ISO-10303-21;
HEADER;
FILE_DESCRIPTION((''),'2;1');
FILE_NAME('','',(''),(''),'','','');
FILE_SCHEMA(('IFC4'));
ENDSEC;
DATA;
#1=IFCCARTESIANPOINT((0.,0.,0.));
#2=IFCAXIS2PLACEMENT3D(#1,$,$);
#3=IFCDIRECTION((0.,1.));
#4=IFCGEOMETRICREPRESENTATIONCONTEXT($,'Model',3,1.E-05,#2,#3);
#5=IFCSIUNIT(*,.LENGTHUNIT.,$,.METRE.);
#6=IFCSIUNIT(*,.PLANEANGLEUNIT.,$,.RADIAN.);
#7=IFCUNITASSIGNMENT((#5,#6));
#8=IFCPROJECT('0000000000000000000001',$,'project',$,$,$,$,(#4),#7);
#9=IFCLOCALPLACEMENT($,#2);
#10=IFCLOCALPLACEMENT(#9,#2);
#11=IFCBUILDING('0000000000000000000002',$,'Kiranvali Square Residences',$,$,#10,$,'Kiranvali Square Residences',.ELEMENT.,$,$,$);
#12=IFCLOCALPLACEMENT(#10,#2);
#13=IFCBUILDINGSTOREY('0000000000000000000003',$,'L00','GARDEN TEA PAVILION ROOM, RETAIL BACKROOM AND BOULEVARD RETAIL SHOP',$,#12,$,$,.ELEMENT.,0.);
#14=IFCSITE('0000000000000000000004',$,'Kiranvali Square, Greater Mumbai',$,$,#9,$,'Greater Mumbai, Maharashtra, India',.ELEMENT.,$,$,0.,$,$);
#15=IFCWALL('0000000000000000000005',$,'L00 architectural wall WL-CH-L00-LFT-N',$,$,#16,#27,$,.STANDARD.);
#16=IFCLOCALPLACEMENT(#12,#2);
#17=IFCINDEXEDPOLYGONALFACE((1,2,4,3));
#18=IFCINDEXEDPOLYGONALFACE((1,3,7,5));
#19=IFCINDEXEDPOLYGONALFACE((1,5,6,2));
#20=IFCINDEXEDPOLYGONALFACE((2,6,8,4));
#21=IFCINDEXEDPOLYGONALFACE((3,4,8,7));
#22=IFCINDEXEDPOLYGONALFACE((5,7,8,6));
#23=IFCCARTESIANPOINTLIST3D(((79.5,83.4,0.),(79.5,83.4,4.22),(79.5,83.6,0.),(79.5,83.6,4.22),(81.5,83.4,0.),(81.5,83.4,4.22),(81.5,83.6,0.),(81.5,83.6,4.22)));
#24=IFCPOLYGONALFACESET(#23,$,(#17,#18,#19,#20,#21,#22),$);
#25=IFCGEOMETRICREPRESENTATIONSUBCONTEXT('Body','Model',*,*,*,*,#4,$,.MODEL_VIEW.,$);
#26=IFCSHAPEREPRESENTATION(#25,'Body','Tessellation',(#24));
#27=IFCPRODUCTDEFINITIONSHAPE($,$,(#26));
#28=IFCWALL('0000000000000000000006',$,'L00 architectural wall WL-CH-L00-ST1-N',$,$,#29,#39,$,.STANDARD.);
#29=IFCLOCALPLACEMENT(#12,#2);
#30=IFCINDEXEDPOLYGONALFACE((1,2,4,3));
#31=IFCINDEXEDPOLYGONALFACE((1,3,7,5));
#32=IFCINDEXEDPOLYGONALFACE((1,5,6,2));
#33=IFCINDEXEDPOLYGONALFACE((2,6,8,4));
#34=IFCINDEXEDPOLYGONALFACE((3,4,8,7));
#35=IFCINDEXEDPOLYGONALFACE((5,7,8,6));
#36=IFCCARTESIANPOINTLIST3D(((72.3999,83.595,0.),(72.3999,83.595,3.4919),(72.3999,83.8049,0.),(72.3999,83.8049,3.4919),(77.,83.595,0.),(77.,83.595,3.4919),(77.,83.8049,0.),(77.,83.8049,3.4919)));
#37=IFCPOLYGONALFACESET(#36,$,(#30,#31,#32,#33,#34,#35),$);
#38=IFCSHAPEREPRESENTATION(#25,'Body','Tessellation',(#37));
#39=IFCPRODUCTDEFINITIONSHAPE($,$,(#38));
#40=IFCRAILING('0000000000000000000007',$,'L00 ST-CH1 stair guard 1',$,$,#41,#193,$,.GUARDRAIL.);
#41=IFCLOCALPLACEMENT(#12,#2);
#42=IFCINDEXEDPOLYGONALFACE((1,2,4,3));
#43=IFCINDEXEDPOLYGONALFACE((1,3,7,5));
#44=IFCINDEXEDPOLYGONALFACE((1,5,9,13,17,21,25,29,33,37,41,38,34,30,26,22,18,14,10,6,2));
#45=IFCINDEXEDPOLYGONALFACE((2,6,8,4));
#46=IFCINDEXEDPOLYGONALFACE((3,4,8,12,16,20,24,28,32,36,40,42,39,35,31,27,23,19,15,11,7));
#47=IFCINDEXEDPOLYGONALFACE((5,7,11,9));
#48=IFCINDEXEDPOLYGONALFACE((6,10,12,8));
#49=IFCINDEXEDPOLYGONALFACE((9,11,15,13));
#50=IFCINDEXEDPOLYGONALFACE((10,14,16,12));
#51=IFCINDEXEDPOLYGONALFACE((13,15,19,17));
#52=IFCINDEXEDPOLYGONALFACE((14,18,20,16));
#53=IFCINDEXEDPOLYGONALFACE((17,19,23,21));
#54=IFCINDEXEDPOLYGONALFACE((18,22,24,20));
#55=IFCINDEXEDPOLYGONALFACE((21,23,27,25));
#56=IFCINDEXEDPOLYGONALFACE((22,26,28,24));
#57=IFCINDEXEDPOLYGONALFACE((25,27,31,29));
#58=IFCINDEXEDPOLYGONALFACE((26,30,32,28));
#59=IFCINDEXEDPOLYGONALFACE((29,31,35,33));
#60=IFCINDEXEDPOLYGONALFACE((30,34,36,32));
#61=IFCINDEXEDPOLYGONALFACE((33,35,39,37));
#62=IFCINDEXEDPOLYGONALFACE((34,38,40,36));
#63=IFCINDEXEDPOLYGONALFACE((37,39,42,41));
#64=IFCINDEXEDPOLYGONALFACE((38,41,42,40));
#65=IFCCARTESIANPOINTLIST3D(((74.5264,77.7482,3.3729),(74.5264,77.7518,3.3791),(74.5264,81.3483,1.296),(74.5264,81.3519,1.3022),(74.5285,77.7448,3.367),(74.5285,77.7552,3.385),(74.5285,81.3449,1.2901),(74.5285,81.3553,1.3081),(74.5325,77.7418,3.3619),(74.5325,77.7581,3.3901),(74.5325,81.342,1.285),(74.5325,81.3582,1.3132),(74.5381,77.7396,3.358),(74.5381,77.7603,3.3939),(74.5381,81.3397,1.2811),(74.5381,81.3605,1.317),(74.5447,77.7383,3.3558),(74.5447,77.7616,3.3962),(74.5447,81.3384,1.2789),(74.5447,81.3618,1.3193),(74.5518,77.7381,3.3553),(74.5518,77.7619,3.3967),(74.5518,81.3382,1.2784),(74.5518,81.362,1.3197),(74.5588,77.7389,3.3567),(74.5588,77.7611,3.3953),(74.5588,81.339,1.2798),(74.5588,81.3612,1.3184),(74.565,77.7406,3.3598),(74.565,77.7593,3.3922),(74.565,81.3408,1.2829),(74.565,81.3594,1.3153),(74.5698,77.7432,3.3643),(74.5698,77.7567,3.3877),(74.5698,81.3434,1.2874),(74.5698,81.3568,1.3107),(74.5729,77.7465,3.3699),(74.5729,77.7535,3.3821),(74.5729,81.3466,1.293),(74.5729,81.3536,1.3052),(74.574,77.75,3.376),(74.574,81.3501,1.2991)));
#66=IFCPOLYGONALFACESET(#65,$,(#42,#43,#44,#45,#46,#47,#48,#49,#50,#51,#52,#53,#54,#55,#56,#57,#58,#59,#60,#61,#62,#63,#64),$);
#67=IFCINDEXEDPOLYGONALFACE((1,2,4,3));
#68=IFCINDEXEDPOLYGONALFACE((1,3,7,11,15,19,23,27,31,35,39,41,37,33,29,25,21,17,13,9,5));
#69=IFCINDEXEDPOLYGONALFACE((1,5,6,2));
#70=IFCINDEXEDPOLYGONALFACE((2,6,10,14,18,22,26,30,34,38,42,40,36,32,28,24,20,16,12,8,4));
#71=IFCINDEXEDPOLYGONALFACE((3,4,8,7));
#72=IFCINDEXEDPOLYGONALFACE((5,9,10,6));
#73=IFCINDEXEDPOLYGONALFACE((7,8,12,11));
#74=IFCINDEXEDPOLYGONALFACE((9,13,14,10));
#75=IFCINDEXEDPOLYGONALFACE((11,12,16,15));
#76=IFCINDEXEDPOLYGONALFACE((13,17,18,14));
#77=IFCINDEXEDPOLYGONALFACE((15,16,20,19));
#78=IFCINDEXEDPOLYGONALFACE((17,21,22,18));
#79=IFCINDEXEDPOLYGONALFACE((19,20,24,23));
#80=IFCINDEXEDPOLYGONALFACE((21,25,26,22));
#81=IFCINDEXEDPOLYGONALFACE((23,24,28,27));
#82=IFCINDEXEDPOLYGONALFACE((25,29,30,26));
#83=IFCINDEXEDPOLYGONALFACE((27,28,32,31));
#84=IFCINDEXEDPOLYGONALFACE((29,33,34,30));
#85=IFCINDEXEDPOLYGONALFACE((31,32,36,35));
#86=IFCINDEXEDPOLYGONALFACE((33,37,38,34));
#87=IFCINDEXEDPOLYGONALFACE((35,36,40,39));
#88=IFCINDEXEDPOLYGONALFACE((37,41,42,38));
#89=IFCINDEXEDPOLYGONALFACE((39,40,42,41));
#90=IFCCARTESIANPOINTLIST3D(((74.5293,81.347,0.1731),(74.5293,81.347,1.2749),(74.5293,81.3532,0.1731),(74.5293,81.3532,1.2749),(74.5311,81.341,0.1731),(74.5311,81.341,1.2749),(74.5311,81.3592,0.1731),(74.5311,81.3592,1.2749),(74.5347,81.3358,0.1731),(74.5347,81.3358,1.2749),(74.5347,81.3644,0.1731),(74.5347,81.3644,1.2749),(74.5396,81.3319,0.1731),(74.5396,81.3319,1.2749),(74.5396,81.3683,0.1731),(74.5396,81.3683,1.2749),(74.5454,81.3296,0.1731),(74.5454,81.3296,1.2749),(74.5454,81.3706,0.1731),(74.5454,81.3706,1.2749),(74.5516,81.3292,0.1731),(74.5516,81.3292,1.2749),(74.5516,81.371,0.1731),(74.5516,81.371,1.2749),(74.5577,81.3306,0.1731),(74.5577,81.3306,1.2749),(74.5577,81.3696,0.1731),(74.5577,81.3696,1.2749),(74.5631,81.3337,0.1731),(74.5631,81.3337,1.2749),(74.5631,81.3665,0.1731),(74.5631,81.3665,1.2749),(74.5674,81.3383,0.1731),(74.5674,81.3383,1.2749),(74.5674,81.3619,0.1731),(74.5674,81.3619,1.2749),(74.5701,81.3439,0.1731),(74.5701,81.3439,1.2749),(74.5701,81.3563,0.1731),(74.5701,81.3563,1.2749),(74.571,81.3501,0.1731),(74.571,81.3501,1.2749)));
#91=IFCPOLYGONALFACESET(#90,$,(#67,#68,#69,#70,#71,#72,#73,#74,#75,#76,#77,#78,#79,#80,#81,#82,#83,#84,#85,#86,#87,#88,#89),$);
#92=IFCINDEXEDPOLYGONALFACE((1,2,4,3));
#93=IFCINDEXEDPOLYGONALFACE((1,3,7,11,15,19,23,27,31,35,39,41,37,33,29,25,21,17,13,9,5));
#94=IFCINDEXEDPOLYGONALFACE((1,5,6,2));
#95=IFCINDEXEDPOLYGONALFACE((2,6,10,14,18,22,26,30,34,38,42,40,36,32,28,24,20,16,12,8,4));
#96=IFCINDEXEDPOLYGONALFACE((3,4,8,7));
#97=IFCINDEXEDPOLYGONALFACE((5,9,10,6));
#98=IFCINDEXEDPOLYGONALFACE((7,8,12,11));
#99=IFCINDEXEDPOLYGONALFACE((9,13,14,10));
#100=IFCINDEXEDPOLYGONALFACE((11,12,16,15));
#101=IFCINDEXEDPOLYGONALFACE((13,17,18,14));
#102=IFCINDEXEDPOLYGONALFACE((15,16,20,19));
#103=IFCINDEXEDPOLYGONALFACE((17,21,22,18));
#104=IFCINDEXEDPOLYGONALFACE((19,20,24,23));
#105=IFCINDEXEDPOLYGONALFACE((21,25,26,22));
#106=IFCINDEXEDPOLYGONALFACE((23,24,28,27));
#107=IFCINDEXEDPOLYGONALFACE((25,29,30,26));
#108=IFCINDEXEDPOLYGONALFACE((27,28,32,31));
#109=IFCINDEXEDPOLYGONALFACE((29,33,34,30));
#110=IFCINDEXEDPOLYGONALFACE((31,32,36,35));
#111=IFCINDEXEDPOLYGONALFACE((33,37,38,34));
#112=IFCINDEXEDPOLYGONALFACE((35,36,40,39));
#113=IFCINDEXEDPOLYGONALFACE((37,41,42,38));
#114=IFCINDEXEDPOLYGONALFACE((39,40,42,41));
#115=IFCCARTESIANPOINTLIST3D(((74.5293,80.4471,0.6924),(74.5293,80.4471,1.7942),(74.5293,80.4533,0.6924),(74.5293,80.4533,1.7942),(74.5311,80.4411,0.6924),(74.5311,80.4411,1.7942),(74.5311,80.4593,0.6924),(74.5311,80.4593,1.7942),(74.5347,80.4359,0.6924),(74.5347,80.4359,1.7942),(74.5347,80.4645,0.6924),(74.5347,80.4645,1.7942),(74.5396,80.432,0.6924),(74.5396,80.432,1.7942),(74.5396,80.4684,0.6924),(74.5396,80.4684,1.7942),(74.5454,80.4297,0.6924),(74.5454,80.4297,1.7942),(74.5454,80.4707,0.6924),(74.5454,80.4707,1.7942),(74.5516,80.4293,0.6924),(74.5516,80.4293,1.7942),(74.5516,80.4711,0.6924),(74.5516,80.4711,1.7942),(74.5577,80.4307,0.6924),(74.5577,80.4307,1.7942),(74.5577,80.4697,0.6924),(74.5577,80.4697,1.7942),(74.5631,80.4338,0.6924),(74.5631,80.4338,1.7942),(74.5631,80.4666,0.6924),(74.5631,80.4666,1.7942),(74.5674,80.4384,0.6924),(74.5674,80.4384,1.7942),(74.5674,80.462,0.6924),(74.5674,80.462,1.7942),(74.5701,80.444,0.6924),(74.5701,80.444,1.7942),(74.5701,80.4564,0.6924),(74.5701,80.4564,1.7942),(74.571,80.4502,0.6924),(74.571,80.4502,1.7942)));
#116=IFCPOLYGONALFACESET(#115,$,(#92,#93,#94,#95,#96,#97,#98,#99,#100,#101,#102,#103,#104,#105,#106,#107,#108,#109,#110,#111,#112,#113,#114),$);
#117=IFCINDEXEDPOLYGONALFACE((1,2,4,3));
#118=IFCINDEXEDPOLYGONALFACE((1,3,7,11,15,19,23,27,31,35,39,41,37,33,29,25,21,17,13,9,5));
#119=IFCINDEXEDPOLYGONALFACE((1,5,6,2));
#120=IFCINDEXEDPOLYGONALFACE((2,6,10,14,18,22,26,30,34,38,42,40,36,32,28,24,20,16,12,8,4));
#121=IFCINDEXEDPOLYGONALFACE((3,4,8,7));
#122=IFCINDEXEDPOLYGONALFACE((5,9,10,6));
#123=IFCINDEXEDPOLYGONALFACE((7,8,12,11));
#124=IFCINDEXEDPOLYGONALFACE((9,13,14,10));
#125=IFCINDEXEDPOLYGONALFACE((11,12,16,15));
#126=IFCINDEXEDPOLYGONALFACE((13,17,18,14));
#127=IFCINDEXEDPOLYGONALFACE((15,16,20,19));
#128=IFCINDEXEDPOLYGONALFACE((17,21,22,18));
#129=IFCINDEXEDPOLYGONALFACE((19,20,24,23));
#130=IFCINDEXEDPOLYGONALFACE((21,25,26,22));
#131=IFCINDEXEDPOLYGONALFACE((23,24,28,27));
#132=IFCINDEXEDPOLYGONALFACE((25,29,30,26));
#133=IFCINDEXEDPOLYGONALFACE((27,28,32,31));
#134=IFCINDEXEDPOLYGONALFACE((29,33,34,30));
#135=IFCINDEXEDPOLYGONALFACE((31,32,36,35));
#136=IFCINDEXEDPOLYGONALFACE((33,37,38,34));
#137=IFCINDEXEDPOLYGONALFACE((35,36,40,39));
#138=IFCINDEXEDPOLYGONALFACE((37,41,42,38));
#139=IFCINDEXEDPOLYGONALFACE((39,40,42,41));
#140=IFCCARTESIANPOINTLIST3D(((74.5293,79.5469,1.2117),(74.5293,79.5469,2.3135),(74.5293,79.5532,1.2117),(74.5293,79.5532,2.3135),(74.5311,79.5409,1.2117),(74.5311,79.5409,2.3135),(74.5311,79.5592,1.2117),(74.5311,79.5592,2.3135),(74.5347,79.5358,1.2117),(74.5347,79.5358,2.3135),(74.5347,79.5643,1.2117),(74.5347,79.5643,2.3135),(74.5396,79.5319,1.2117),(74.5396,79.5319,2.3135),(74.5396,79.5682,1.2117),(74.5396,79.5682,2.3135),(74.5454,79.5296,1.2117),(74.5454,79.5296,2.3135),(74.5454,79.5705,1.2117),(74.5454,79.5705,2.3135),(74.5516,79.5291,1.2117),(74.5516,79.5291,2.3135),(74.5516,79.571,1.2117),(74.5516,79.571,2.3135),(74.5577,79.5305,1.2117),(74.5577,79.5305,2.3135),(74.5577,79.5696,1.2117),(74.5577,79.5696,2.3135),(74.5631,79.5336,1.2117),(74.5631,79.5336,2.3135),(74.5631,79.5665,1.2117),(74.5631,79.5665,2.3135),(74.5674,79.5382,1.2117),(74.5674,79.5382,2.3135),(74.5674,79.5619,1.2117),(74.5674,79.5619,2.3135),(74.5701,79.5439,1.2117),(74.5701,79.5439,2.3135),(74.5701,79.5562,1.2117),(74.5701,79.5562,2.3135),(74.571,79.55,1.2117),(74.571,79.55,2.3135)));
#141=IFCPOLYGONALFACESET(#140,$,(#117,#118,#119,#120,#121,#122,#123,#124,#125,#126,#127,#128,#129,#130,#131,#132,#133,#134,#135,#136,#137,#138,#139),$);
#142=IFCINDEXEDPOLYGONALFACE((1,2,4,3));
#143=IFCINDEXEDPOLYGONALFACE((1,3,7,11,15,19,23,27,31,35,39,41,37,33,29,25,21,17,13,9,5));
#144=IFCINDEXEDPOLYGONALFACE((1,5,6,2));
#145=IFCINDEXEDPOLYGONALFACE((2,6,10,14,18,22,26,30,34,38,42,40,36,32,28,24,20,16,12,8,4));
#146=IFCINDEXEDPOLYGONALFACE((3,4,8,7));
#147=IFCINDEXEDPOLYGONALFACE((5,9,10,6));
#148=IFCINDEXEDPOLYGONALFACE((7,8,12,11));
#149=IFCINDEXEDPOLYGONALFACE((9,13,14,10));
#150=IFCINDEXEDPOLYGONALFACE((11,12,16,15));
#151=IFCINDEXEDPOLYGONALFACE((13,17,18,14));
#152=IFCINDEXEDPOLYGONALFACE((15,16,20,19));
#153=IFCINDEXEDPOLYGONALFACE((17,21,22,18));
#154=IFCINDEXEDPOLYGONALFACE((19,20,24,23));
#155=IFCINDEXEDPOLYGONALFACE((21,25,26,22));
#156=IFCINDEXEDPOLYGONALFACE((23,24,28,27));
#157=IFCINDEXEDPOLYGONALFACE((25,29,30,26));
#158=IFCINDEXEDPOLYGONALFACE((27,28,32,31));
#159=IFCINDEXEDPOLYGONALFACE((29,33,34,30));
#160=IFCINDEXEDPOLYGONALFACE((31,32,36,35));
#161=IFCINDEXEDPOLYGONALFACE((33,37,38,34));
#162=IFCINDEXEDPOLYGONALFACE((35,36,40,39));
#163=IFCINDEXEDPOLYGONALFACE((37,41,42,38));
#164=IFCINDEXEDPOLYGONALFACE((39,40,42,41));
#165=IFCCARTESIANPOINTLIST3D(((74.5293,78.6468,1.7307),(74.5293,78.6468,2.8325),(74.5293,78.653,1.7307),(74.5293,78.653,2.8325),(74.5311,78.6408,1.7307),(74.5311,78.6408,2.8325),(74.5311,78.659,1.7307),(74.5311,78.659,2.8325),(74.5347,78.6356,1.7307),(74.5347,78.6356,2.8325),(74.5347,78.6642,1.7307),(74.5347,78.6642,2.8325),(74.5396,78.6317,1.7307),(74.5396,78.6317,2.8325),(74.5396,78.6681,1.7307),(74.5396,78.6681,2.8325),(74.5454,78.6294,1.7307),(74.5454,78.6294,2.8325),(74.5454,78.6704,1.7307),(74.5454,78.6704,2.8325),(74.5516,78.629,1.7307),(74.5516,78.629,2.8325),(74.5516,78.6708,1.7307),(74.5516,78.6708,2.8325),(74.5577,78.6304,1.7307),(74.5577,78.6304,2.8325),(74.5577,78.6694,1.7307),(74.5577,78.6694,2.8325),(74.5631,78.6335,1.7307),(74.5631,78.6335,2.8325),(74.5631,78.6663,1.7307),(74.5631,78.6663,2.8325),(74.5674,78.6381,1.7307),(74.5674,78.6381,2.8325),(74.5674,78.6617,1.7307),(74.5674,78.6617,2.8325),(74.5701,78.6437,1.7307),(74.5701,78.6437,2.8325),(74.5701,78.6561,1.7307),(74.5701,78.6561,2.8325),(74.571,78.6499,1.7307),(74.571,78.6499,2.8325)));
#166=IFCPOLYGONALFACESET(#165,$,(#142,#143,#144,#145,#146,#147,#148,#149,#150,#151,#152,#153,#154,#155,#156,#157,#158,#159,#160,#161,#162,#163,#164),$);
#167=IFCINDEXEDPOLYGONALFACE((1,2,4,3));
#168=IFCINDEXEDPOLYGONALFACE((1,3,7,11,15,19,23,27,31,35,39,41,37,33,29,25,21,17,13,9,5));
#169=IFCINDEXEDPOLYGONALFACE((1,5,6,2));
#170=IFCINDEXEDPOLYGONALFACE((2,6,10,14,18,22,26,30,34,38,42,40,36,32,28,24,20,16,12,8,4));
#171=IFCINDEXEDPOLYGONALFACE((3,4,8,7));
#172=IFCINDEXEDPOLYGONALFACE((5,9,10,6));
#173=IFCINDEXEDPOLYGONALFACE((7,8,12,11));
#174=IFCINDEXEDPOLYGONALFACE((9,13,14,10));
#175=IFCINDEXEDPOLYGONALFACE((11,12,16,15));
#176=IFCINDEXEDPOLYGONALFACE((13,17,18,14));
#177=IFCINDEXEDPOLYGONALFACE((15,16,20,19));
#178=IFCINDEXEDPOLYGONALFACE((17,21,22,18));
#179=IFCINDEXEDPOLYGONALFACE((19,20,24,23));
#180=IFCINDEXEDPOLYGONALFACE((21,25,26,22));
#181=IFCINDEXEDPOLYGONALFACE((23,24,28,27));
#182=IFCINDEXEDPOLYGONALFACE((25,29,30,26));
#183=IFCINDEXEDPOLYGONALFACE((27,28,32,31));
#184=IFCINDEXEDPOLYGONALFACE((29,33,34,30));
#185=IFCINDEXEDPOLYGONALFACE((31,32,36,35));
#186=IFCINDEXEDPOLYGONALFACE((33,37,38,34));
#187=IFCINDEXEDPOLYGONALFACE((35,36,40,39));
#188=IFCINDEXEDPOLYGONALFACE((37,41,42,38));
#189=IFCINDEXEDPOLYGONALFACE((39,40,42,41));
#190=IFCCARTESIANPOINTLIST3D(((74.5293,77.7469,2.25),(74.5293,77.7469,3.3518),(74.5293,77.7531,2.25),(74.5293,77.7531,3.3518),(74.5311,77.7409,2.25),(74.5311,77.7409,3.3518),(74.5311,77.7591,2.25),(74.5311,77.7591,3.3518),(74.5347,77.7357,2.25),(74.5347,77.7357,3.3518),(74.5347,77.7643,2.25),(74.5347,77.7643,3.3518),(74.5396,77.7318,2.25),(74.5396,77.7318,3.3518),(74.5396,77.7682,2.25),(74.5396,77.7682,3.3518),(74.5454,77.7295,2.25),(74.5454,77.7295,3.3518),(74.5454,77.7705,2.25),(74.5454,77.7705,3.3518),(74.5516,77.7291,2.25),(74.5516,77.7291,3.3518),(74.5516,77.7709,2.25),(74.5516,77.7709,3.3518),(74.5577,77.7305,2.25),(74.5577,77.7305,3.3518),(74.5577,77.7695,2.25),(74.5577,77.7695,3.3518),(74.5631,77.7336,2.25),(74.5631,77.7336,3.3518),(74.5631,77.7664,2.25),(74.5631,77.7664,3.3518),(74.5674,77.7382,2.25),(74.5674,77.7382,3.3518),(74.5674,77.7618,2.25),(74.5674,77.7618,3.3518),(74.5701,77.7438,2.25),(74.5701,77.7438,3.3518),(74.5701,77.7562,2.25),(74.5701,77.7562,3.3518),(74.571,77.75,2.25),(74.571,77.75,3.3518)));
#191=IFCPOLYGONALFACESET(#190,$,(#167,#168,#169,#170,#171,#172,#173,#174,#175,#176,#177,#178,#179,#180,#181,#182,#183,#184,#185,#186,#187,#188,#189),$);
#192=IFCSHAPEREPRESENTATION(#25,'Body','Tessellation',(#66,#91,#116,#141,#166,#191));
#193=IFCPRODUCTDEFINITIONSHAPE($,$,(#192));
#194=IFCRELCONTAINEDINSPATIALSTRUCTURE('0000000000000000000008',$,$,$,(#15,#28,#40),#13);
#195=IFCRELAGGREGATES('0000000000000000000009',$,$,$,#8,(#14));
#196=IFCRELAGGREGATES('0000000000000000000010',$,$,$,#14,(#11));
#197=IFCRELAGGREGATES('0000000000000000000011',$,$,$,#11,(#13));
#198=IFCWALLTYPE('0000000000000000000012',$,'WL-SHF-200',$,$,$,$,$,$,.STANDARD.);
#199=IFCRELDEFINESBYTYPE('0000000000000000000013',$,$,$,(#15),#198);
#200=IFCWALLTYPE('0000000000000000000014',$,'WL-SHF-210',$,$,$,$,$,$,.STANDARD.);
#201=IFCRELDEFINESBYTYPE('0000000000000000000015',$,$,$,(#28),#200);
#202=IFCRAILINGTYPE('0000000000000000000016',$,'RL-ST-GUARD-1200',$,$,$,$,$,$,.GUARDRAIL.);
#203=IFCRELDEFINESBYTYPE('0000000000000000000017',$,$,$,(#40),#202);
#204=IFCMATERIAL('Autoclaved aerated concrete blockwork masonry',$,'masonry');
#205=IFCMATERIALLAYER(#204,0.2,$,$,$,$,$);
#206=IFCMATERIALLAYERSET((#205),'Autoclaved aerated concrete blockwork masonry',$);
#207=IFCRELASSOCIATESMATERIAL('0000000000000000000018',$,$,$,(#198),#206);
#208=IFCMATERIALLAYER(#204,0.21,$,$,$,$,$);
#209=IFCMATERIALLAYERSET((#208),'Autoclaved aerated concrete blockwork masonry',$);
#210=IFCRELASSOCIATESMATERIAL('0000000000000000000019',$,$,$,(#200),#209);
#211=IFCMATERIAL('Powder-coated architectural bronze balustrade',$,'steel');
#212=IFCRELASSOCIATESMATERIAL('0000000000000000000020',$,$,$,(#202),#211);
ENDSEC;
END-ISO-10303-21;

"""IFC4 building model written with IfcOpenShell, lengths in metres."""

from ifc_helpers import new_model, si_unit, direction, frame, frame_2d, origin, origin_2d, place, context, subcontext, project, spatial, rectangle, circle, extrude, material, layer, layer_set, type_object, element, save


model = new_model("IFC4")

# Units and contexts
model_context = context("Model", 3, precision=1e-05, world=origin(), true_north=direction((0.0, 1.0)))
body_context = subcontext(model_context, "Body", "Model", "MODEL_VIEW")
ifc_project = project(units=[si_unit("LENGTHUNIT", "METRE"), si_unit("PLANEANGLEUNIT", "RADIAN")], contexts=[model_context])

# Site, building, storey
site_placement = place(None, origin())
site = spatial("IfcSite", under=ifc_project, at=site_placement, Name="Kiranvali Square, Greater Mumbai", LongName="Greater Mumbai, Maharashtra, India", CompositionType="ELEMENT", RefElevation=0.0)
building_placement = place(site_placement, origin())
building = spatial("IfcBuilding", under=site, at=building_placement, Name="Kiranvali Square Residences", LongName="Kiranvali Square Residences", CompositionType="ELEMENT")
storey_placement = place(building_placement, origin())
storey = spatial("IfcBuildingStorey", under=building, at=storey_placement, Name="L00", Description="GARDEN TEA PAVILION ROOM, RETAIL BACKROOM AND BOULEVARD RETAIL SHOP", CompositionType="ELEMENT", Elevation=0.0)

# Walls
ifc_material_1 = material(Name="Autoclaved aerated concrete blockwork masonry", Category="masonry")
ifc_layer_1 = layer(ifc_material_1, 0.2)
ifc_layer_set_1 = layer_set([ifc_layer_1], Name="Autoclaved aerated concrete blockwork masonry")
wall_type_1 = type_object("IfcWallType", Name="WL-SHF-200", PredefinedType="STANDARD", material=ifc_layer_set_1)
wall_1_placement = place(storey_placement, frame((79.5, 83.5, 0.0), z_axis=(0.0, 0.0, 1.0), x_axis=(1.0, 0.0, 0.0)))
element("IfcWall", 1, at=wall_1_placement, inside=storey, type_object=wall_type_1, Name="L00 architectural wall WL-CH-L00-LFT-N", PredefinedType="STANDARD", context=body_context, shape_type="SweptSolid", body=[
    extrude(rectangle(XDim=2.0, YDim=0.2, at=frame_2d((1.0, 0.0))), origin(), (0.0, 0.0, 1.0), 4.22),
])
ifc_layer_2 = layer(ifc_material_1, 0.21)
ifc_layer_set_2 = layer_set([ifc_layer_2], Name="Autoclaved aerated concrete blockwork masonry")
wall_type_2 = type_object("IfcWallType", Name="WL-SHF-210", PredefinedType="STANDARD", material=ifc_layer_set_2)
wall_2_placement = place(storey_placement, frame((72.3999, 83.7, 0.0), z_axis=(0.0, 0.0, 1.0), x_axis=(1.0, 0.0, 0.0)))
element("IfcWall", 2, at=wall_2_placement, inside=storey, type_object=wall_type_2, Name="L00 architectural wall WL-CH-L00-ST1-N", PredefinedType="STANDARD", context=body_context, shape_type="SweptSolid", body=[
    extrude(rectangle(XDim=4.6001, YDim=0.21, at=frame_2d((2.3, 0.0))), origin(), (0.0, 0.0, 1.0), 3.4919),
])

# Railing
ifc_material_2 = material(Name="Powder-coated architectural bronze balustrade", Category="steel")
railing_type = type_object("IfcRailingType", Name="RL-ST-GUARD-1200", PredefinedType="GUARDRAIL", material=ifc_material_2)
railing_1_placement = place(storey_placement, frame((74.55, 81.3501, 0.1731)))
element("IfcRailing", 3, at=railing_1_placement, inside=storey, type_object=railing_type, Name="L00 ST-CH1 stair guard 1", PredefinedType="GUARDRAIL", context=body_context, shape_type="SweptSolid", body=[
    extrude(circle(Radius=0.0239, at=origin_2d()), frame((0.0, 0.0, 1.126), z_axis=(0.0, -0.866193, 0.499709), x_axis=(1.0, 0.0, 0.0)), (0.0, 0.0, 1.0), 4.1562),
    extrude(circle(Radius=0.021, at=origin_2d()), origin(), (0.0, 0.0, 1.0), 1.1018),
    extrude(circle(Radius=0.021, at=origin_2d()), frame((0.0, -0.8999, 0.5193)), (0.0, 0.0, 1.0), 1.1018),
    extrude(circle(Radius=0.021, at=origin_2d()), frame((0.0, -1.8, 1.0386)), (0.0, 0.0, 1.0), 1.1018),
    extrude(circle(Radius=0.021, at=origin_2d()), frame((0.0, -2.7002, 1.5576)), (0.0, 0.0, 1.0), 1.1018),
    extrude(circle(Radius=0.021, at=origin_2d()), frame((0.0, -3.6001, 2.0769)), (0.0, 0.0, 1.0), 1.1018),
])

save(model, "model.ifc")
